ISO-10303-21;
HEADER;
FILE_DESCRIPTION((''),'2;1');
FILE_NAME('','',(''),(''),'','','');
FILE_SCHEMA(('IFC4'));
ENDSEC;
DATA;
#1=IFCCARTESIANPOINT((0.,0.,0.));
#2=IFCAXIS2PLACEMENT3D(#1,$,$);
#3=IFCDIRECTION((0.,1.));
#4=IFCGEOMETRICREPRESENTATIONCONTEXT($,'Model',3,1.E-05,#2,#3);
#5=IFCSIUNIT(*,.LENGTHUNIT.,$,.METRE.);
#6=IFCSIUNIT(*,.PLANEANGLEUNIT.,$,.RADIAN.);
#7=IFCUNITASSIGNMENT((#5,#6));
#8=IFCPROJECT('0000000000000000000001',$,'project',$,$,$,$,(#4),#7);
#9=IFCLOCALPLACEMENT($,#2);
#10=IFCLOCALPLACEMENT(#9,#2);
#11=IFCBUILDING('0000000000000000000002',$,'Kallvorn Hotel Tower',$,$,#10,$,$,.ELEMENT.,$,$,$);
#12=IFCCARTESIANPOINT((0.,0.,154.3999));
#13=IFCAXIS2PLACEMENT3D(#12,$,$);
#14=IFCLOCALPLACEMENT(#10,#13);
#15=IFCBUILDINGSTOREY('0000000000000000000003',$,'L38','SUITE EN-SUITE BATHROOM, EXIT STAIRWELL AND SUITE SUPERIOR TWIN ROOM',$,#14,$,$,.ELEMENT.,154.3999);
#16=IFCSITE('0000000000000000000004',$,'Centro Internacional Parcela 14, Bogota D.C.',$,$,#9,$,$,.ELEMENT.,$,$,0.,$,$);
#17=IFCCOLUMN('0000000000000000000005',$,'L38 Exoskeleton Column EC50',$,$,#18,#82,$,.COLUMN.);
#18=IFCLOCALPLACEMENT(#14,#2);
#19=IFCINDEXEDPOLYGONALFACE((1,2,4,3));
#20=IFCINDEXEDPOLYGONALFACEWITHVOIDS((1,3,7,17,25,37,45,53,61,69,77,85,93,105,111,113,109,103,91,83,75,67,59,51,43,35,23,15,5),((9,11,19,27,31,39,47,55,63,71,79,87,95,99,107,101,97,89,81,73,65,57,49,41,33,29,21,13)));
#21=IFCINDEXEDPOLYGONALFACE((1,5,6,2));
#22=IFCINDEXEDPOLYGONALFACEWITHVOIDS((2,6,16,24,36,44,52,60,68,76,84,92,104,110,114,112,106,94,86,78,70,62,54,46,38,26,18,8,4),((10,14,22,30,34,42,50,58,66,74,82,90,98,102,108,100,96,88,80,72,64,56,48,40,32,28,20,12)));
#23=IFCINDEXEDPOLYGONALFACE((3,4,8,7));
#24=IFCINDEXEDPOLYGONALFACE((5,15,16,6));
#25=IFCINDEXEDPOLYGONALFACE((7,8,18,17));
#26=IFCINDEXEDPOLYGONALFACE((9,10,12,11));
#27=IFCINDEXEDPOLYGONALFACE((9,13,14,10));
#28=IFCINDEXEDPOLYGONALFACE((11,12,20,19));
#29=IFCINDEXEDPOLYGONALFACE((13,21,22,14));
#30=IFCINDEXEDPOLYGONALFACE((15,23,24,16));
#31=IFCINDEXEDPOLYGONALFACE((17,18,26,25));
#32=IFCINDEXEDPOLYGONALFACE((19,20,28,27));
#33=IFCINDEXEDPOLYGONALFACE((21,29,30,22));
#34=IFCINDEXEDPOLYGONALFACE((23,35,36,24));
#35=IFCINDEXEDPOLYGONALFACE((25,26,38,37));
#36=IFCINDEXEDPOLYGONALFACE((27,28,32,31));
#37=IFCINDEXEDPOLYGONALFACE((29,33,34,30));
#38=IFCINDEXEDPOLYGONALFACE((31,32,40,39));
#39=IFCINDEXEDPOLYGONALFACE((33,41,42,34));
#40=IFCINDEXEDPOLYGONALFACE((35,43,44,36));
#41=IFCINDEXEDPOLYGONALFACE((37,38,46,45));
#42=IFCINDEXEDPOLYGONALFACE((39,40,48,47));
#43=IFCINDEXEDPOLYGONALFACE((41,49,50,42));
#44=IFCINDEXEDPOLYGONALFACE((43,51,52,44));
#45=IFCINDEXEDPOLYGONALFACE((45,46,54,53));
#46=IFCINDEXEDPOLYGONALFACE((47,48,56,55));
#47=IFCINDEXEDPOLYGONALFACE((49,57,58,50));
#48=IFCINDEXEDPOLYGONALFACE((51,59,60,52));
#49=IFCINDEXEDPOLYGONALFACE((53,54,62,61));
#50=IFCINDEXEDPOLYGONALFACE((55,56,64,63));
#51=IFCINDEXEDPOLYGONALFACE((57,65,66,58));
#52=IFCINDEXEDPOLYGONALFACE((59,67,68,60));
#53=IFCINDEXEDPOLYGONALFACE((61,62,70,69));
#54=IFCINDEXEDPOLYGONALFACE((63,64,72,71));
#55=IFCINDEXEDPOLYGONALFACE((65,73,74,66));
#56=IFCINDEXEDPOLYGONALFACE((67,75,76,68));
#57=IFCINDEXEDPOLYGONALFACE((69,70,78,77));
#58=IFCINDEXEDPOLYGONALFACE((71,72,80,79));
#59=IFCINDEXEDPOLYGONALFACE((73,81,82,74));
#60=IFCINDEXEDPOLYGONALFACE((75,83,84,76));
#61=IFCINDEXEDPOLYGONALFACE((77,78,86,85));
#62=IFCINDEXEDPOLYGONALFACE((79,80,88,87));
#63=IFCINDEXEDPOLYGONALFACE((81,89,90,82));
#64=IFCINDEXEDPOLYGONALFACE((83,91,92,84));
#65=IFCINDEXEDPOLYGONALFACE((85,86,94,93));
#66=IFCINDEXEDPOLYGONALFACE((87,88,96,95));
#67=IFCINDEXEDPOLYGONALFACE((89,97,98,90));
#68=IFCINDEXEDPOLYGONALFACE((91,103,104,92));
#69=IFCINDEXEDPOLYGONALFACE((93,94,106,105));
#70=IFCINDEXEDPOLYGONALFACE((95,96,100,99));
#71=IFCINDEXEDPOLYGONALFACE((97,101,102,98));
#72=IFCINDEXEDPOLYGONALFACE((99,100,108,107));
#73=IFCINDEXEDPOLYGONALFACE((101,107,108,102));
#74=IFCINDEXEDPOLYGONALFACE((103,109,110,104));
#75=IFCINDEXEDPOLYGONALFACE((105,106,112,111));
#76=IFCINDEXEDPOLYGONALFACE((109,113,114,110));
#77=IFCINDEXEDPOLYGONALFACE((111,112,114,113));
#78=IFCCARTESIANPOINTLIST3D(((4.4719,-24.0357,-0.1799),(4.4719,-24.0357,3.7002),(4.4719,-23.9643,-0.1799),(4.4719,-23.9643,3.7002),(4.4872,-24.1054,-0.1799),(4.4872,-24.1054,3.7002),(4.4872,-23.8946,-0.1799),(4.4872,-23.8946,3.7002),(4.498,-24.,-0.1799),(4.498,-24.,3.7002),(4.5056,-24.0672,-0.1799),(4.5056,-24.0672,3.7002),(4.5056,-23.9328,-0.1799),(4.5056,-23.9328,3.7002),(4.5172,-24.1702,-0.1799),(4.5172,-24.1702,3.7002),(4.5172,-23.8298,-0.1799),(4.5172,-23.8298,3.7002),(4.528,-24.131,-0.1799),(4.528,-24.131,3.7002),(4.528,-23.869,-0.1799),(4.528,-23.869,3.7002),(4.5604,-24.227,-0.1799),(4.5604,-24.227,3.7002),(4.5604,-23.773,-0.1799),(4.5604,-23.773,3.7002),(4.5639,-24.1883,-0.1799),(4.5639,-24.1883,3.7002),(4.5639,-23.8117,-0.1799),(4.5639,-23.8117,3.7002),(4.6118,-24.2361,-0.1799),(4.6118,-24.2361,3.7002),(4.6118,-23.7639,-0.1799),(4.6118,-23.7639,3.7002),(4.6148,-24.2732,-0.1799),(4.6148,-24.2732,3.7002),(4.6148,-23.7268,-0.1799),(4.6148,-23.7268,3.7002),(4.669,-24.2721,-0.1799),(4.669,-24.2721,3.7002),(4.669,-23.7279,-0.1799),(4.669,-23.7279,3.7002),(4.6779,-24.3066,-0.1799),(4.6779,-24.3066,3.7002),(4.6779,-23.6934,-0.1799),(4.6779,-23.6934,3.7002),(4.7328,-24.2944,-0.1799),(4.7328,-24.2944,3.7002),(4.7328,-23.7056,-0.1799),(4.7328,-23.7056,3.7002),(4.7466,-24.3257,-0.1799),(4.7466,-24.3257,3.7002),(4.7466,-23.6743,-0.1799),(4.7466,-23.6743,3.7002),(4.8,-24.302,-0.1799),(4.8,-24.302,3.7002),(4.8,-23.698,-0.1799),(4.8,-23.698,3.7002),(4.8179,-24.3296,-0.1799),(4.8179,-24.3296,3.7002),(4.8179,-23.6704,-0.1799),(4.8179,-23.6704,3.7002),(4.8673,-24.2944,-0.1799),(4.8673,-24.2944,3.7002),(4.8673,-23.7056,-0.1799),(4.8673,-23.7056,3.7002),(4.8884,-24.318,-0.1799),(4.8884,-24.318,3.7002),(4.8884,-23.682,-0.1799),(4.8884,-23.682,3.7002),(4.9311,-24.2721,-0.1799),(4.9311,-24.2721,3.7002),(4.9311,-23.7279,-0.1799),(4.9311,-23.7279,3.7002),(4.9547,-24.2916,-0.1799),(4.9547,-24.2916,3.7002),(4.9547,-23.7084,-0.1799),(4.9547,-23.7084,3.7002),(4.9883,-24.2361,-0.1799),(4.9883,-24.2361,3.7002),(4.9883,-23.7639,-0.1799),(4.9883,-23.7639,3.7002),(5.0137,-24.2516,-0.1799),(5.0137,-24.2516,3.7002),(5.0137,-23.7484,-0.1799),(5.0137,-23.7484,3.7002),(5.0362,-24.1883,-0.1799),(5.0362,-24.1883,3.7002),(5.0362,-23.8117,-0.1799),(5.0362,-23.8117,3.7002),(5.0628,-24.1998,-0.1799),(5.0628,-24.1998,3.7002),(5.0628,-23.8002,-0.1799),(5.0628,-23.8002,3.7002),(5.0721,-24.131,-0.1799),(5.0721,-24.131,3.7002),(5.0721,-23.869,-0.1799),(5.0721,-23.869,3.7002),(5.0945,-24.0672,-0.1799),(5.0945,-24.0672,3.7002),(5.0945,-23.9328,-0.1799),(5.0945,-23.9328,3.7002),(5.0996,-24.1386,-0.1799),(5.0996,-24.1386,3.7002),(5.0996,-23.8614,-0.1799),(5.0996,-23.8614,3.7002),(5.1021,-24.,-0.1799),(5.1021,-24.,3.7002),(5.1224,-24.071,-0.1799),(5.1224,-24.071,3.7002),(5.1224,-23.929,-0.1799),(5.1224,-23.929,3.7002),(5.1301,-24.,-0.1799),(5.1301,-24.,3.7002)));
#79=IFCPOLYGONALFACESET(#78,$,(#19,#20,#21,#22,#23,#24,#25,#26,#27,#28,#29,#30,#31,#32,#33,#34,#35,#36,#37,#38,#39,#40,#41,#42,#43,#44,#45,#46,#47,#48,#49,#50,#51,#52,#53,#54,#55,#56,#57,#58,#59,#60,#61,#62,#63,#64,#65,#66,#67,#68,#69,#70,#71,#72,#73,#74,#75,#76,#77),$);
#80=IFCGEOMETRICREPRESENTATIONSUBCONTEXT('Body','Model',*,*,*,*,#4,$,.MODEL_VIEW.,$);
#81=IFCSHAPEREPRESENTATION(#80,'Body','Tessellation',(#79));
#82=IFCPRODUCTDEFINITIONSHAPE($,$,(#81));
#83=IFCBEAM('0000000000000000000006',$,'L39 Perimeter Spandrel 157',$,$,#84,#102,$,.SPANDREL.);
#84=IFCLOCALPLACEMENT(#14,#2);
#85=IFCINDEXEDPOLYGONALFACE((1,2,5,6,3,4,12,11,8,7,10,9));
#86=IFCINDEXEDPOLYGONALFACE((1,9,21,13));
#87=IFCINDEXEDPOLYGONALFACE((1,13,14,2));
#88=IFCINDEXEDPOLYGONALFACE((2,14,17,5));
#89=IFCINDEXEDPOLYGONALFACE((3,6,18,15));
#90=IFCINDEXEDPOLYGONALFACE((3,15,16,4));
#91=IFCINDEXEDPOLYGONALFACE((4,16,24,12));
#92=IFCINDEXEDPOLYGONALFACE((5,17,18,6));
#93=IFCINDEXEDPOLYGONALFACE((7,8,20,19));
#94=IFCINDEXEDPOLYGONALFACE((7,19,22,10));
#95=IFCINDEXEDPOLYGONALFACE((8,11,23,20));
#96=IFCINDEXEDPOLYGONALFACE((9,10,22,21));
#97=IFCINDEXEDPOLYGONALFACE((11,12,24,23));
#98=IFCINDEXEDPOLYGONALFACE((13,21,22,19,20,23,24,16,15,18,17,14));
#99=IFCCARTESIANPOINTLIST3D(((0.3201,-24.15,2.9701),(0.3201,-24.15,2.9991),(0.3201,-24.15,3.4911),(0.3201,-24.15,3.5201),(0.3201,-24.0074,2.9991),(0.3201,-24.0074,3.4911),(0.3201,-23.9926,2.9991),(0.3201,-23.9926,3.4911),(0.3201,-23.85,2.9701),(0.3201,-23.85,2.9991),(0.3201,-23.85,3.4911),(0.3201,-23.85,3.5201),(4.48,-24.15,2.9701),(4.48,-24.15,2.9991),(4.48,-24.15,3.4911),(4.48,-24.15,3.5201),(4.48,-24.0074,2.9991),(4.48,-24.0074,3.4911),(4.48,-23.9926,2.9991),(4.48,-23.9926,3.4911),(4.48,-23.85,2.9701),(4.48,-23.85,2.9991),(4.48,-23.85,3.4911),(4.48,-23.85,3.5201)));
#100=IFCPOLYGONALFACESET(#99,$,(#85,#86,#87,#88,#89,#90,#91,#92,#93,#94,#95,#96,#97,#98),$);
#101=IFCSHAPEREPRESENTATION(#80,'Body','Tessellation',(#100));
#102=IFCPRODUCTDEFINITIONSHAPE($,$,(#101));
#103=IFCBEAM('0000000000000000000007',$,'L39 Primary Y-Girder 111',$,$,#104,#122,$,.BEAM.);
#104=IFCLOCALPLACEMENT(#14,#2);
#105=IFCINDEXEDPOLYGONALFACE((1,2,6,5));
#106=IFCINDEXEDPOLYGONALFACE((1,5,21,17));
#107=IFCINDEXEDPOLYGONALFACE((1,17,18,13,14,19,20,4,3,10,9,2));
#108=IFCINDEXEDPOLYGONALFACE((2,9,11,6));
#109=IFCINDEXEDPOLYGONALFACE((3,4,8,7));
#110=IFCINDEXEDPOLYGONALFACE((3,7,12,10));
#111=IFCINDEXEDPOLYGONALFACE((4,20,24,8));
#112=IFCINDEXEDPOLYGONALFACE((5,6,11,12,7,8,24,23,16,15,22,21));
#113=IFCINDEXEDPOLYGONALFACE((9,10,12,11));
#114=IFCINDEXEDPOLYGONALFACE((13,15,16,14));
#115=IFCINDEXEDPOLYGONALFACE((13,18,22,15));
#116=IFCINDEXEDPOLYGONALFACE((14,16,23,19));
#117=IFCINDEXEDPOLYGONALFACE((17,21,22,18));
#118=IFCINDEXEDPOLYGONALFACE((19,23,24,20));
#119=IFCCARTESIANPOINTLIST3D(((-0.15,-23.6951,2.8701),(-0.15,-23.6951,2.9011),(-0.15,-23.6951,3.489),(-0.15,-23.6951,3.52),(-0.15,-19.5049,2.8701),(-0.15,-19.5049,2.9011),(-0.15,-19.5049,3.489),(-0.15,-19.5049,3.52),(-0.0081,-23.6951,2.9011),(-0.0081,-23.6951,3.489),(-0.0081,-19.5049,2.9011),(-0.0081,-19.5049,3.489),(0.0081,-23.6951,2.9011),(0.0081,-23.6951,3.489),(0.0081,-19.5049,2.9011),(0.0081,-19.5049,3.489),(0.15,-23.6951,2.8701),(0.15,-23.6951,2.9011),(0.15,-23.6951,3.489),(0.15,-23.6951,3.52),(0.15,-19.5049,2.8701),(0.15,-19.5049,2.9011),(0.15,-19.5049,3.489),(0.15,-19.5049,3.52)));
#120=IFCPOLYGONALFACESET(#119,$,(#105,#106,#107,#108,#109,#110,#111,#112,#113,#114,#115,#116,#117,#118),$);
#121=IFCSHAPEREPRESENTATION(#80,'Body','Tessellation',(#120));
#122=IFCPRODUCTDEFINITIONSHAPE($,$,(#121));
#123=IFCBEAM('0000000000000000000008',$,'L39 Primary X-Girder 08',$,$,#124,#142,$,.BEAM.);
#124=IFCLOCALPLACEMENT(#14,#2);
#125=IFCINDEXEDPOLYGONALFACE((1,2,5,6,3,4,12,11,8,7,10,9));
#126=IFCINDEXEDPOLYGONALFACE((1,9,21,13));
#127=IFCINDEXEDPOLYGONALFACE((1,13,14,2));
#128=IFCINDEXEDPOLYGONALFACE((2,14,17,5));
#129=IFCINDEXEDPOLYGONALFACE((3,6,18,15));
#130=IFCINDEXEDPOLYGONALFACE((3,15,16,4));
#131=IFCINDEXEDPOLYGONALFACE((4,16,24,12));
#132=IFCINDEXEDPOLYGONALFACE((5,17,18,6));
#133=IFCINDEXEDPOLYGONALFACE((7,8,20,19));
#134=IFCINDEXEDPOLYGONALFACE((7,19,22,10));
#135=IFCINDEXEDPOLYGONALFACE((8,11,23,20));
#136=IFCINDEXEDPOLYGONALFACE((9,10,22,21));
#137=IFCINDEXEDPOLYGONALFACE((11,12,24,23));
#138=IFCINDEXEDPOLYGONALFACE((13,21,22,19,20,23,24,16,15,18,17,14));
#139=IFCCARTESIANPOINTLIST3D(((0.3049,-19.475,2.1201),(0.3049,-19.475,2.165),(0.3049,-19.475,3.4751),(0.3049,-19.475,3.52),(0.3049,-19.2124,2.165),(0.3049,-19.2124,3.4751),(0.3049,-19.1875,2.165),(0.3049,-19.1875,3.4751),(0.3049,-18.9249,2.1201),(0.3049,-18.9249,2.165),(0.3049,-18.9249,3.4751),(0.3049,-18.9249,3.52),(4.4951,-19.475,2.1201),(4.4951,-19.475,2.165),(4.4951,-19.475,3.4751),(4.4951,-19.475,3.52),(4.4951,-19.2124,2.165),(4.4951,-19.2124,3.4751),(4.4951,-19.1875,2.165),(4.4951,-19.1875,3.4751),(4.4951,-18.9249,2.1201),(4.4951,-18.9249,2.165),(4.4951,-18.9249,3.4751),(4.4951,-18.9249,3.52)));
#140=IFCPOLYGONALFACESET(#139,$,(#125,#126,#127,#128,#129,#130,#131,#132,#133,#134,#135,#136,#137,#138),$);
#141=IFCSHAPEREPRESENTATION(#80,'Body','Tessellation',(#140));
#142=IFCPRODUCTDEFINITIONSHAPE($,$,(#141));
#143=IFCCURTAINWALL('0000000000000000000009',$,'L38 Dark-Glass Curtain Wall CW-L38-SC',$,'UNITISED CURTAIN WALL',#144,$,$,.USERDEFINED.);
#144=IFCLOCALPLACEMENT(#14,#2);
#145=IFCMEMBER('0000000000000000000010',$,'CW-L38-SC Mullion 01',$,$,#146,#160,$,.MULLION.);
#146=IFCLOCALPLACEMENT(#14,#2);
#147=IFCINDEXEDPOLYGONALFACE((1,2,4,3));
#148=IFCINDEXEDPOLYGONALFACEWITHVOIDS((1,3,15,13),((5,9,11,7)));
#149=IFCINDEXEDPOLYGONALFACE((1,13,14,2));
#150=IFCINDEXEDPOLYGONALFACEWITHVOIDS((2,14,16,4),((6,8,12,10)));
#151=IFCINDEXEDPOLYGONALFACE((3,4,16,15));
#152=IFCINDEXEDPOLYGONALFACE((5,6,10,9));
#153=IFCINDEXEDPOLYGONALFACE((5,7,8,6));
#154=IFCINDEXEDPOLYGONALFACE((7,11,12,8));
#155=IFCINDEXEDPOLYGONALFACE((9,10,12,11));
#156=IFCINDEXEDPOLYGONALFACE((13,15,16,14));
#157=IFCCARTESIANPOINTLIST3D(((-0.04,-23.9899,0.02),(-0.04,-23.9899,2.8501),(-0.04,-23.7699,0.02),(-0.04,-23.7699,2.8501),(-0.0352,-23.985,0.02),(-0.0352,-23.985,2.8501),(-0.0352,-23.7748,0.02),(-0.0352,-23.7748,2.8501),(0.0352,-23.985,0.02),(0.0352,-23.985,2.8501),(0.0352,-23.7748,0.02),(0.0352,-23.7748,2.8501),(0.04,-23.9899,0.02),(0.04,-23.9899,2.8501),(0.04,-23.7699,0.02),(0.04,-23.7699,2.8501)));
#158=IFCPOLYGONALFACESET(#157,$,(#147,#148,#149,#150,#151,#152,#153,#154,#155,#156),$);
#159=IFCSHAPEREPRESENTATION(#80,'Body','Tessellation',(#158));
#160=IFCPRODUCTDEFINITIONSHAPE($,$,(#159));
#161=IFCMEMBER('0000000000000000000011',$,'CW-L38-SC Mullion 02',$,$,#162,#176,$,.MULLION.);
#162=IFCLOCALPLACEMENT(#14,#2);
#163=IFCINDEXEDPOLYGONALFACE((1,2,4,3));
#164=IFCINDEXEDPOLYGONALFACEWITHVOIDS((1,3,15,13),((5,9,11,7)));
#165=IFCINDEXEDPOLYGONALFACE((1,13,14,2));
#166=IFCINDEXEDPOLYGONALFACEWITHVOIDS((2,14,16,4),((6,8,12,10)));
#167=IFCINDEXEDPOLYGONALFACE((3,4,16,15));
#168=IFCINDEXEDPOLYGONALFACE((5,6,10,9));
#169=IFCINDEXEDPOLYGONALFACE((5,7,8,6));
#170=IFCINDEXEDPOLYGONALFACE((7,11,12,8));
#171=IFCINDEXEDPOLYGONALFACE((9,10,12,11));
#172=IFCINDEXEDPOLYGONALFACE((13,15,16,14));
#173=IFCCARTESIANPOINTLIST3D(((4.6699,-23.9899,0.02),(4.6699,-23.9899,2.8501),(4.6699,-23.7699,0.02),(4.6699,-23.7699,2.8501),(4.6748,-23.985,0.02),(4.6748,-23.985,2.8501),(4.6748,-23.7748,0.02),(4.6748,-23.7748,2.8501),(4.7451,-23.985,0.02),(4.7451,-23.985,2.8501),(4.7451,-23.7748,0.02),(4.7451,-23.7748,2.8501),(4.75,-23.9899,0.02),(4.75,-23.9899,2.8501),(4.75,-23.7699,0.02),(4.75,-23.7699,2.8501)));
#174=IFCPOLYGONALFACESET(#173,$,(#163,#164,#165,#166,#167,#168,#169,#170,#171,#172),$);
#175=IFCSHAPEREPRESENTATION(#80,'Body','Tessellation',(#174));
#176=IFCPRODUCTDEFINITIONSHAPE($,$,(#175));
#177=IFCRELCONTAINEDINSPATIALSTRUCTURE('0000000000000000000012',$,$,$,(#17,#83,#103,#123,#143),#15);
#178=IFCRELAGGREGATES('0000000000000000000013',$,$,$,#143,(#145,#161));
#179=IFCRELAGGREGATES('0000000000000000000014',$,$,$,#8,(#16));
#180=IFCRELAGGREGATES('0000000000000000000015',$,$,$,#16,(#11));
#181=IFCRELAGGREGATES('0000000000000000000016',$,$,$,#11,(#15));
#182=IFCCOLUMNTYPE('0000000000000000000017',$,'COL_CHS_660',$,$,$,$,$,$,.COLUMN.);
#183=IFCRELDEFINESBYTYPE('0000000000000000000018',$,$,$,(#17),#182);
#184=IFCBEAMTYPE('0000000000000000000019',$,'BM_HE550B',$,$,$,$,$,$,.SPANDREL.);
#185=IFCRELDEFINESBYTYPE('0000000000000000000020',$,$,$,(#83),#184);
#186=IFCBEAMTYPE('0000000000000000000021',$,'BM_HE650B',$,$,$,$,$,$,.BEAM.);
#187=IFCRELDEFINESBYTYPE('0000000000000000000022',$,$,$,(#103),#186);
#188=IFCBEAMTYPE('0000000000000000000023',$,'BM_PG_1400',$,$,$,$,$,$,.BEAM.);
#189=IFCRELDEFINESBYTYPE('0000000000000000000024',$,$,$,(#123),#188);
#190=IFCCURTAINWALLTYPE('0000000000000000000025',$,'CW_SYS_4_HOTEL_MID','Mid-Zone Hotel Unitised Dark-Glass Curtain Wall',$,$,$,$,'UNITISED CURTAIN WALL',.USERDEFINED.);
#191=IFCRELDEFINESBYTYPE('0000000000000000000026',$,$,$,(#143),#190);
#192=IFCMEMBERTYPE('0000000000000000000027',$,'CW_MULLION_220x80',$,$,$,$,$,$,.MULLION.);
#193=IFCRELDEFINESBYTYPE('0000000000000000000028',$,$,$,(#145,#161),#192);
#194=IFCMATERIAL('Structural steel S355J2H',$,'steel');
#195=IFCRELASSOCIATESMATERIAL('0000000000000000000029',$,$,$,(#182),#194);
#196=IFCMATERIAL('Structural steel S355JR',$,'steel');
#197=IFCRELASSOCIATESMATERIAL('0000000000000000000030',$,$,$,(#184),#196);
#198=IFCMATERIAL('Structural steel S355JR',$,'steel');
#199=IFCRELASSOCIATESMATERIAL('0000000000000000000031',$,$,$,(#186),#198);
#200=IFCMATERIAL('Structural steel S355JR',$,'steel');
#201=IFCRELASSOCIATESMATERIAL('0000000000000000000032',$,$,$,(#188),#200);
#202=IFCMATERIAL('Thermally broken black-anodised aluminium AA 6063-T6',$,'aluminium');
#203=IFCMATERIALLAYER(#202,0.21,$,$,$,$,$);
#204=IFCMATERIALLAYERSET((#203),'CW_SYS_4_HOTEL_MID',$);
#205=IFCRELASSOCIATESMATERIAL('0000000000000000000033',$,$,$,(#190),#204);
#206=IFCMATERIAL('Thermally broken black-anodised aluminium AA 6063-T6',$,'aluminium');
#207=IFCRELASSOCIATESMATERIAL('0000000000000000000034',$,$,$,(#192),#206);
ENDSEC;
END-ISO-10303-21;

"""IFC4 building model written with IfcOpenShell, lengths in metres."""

from ifc_helpers import new_model, si_unit, direction, frame, origin, origin_2d, place, context, subcontext, project, spatial, hollow_rectangle, hollow_circle, i_section, extrude, material, layer, layer_set, material_profile, profile_set, type_object, element, aggregate, save


model = new_model("IFC4")

# Units and contexts
model_context = context("Model", 3, precision=1e-05, world=origin(), true_north=direction((0.0, 1.0)))
body_context = subcontext(model_context, "Body", "Model", "MODEL_VIEW")
ifc_project = project(units=[si_unit("LENGTHUNIT", "METRE"), si_unit("PLANEANGLEUNIT", "RADIAN")], contexts=[model_context])

# Site, building, storey
site_placement = place(None, origin())
site = spatial("IfcSite", under=ifc_project, at=site_placement, Name="Centro Internacional Parcela 14, Bogota D.C.", CompositionType="ELEMENT", RefElevation=0.0)
building_placement = place(site_placement, origin())
building = spatial("IfcBuilding", under=site, at=building_placement, Name="Kallvorn Hotel Tower", CompositionType="ELEMENT")
storey_placement = place(building_placement, frame((0.0, 0.0, 154.3999)))
storey = spatial("IfcBuildingStorey", under=building, at=storey_placement, Name="L38", Description="SUITE EN-SUITE BATHROOM, EXIT STAIRWELL AND SUITE SUPERIOR TWIN ROOM", CompositionType="ELEMENT", Elevation=154.3999)

# Column
ifc_material_1 = material(Name="Structural steel S355J2H", Category="steel")
ifc_material_profile_1 = material_profile(ifc_material_1, hollow_circle(Radius=0.3301, WallThickness=0.0281, at=origin_2d()), Name="CHS 660x28")
ifc_profile_set_1 = profile_set([ifc_material_profile_1], Name="Structural steel S355J2H")
column_type = type_object("IfcColumnType", Name="COL_CHS_660", PredefinedType="COLUMN", material=ifc_profile_set_1)
column_1_placement = place(storey_placement, frame((4.8, -24.0, -0.1799), z_axis=(0.0, 0.0, 1.0), x_axis=(1.0, 0.0, 0.0)))
element("IfcColumn", 1, at=column_1_placement, inside=storey, type_object=column_type, Name="L38 Exoskeleton Column EC50", PredefinedType="COLUMN", context=body_context, shape_type="SweptSolid", body=[
    extrude(hollow_circle(Radius=0.3301, WallThickness=0.0281, at=origin_2d()), origin(), (0.0, 0.0, 1.0), 3.8801),
])

# Beams
ifc_material_2 = material(Name="Structural steel S355JR", Category="steel")
ifc_material_profile_2 = material_profile(ifc_material_2, i_section(OverallWidth=0.3, OverallDepth=0.55, WebThickness=0.0149, FlangeThickness=0.0291, at=origin_2d()), Name="HE 550 B")
ifc_profile_set_2 = profile_set([ifc_material_profile_2], Name="Structural steel S355JR")
beam_type_1 = type_object("IfcBeamType", Name="BM_HE550B", PredefinedType="SPANDREL", material=ifc_profile_set_2)
beam_1_placement = place(storey_placement, frame((0.3201, -24.0, 3.2451), z_axis=(1.0, 0.0, 0.0), x_axis=(0.0, 1.0, 0.0)))
element("IfcBeam", 2, at=beam_1_placement, inside=storey, type_object=beam_type_1, Name="L39 Perimeter Spandrel 157", PredefinedType="SPANDREL", context=body_context, shape_type="SweptSolid", body=[
    extrude(i_section(OverallWidth=0.3, OverallDepth=0.55, WebThickness=0.0149, FlangeThickness=0.0291, at=origin_2d()), origin(), (0.0, 0.0, 1.0), 4.1599),
])
ifc_material_3 = material(Name="Structural steel S355JR", Category="steel")
ifc_material_profile_3 = material_profile(ifc_material_3, i_section(OverallWidth=0.3, OverallDepth=0.6499, WebThickness=0.0161, FlangeThickness=0.031, at=origin_2d()), Name="HE 650 B")
ifc_profile_set_3 = profile_set([ifc_material_profile_3], Name="Structural steel S355JR")
beam_type_2 = type_object("IfcBeamType", Name="BM_HE650B", PredefinedType="BEAM", material=ifc_profile_set_3)
beam_2_placement = place(storey_placement, frame((0.0, -23.6951, 3.1951), z_axis=(0.0, 1.0, 0.0), x_axis=(-1.0, 0.0, 0.0)))
element("IfcBeam", 3, at=beam_2_placement, inside=storey, type_object=beam_type_2, Name="L39 Primary Y-Girder 111", PredefinedType="BEAM", context=body_context, shape_type="SweptSolid", body=[
    extrude(i_section(OverallWidth=0.3, OverallDepth=0.6499, WebThickness=0.0161, FlangeThickness=0.031, at=origin_2d()), origin(), (0.0, 0.0, 1.0), 4.1902),
])
ifc_material_4 = material(Name="Structural steel S355JR", Category="steel")
ifc_material_profile_4 = material_profile(ifc_material_4, i_section(OverallWidth=0.55, OverallDepth=1.3999, WebThickness=0.0249, FlangeThickness=0.0449, at=origin_2d()), Name="PG 1400x550x25x45")
ifc_profile_set_4 = profile_set([ifc_material_profile_4], Name="Structural steel S355JR")
beam_type_3 = type_object("IfcBeamType", Name="BM_PG_1400", PredefinedType="BEAM", material=ifc_profile_set_4)
beam_3_placement = place(storey_placement, frame((0.3049, -19.2, 2.8201), z_axis=(1.0, 0.0, 0.0), x_axis=(0.0, 1.0, 0.0)))
element("IfcBeam", 4, at=beam_3_placement, inside=storey, type_object=beam_type_3, Name="L39 Primary X-Girder 08", PredefinedType="BEAM", context=body_context, shape_type="SweptSolid", body=[
    extrude(i_section(OverallWidth=0.55, OverallDepth=1.3999, WebThickness=0.0249, FlangeThickness=0.0449, at=origin_2d()), origin(), (0.0, 0.0, 1.0), 4.1902),
])

# Curtain wall, members
ifc_material_5 = material(Name="Thermally broken black-anodised aluminium AA 6063-T6", Category="aluminium")
ifc_layer_1 = layer(ifc_material_5, 0.21)
ifc_layer_set_1 = layer_set([ifc_layer_1], Name="CW_SYS_4_HOTEL_MID")
curtain_wall_type = type_object("IfcCurtainWallType", Name="CW_SYS_4_HOTEL_MID", Description="Mid-Zone Hotel Unitised Dark-Glass Curtain Wall", ElementType="UNITISED CURTAIN WALL", PredefinedType="USERDEFINED", material=ifc_layer_set_1)
curtain_wall_placement = place(storey_placement, origin())
curtain_wall = element("IfcCurtainWall", 5, at=curtain_wall_placement, inside=storey, type_object=curtain_wall_type, Name="L38 Dark-Glass Curtain Wall CW-L38-SC", ObjectType="UNITISED CURTAIN WALL", PredefinedType="USERDEFINED")
ifc_material_6 = material(Name="Thermally broken black-anodised aluminium AA 6063-T6", Category="aluminium")
ifc_material_profile_5 = material_profile(ifc_material_6, hollow_rectangle(XDim=0.0801, YDim=0.22, WallThickness=0.0049, at=origin_2d()), Name="MUL 220x80")
ifc_profile_set_5 = profile_set([ifc_material_profile_5], Name="Thermally broken black-anodised aluminium AA 6063-T6")
member_type_1 = type_object("IfcMemberType", Name="CW_MULLION_220x80", PredefinedType="MULLION", material=ifc_profile_set_5)
member_1_placement = place(storey_placement, frame((0.0, -23.8799, 0.02), z_axis=(0.0, 0.0, 1.0), x_axis=(1.0, 0.0, 0.0)))
member_1 = element("IfcMember", 6, at=member_1_placement, type_object=member_type_1, Name="CW-L38-SC Mullion 01", PredefinedType="MULLION", context=body_context, shape_type="SweptSolid", body=[
    extrude(hollow_rectangle(XDim=0.0801, YDim=0.22, WallThickness=0.0049, at=origin_2d()), origin(), (0.0, 0.0, 1.0), 2.8301),
])
member_2_placement = place(storey_placement, frame((4.71, -23.8799, 0.02), z_axis=(0.0, 0.0, 1.0), x_axis=(1.0, 0.0, 0.0)))
member_2 = element("IfcMember", 7, at=member_2_placement, type_object=member_type_1, Name="CW-L38-SC Mullion 02", PredefinedType="MULLION", context=body_context, shape_type="SweptSolid", body=[
    extrude(hollow_rectangle(XDim=0.0801, YDim=0.22, WallThickness=0.0049, at=origin_2d()), origin(), (0.0, 0.0, 1.0), 2.8301),
])
aggregate(curtain_wall, [member_1, member_2])

save(model, "model.ifc")
